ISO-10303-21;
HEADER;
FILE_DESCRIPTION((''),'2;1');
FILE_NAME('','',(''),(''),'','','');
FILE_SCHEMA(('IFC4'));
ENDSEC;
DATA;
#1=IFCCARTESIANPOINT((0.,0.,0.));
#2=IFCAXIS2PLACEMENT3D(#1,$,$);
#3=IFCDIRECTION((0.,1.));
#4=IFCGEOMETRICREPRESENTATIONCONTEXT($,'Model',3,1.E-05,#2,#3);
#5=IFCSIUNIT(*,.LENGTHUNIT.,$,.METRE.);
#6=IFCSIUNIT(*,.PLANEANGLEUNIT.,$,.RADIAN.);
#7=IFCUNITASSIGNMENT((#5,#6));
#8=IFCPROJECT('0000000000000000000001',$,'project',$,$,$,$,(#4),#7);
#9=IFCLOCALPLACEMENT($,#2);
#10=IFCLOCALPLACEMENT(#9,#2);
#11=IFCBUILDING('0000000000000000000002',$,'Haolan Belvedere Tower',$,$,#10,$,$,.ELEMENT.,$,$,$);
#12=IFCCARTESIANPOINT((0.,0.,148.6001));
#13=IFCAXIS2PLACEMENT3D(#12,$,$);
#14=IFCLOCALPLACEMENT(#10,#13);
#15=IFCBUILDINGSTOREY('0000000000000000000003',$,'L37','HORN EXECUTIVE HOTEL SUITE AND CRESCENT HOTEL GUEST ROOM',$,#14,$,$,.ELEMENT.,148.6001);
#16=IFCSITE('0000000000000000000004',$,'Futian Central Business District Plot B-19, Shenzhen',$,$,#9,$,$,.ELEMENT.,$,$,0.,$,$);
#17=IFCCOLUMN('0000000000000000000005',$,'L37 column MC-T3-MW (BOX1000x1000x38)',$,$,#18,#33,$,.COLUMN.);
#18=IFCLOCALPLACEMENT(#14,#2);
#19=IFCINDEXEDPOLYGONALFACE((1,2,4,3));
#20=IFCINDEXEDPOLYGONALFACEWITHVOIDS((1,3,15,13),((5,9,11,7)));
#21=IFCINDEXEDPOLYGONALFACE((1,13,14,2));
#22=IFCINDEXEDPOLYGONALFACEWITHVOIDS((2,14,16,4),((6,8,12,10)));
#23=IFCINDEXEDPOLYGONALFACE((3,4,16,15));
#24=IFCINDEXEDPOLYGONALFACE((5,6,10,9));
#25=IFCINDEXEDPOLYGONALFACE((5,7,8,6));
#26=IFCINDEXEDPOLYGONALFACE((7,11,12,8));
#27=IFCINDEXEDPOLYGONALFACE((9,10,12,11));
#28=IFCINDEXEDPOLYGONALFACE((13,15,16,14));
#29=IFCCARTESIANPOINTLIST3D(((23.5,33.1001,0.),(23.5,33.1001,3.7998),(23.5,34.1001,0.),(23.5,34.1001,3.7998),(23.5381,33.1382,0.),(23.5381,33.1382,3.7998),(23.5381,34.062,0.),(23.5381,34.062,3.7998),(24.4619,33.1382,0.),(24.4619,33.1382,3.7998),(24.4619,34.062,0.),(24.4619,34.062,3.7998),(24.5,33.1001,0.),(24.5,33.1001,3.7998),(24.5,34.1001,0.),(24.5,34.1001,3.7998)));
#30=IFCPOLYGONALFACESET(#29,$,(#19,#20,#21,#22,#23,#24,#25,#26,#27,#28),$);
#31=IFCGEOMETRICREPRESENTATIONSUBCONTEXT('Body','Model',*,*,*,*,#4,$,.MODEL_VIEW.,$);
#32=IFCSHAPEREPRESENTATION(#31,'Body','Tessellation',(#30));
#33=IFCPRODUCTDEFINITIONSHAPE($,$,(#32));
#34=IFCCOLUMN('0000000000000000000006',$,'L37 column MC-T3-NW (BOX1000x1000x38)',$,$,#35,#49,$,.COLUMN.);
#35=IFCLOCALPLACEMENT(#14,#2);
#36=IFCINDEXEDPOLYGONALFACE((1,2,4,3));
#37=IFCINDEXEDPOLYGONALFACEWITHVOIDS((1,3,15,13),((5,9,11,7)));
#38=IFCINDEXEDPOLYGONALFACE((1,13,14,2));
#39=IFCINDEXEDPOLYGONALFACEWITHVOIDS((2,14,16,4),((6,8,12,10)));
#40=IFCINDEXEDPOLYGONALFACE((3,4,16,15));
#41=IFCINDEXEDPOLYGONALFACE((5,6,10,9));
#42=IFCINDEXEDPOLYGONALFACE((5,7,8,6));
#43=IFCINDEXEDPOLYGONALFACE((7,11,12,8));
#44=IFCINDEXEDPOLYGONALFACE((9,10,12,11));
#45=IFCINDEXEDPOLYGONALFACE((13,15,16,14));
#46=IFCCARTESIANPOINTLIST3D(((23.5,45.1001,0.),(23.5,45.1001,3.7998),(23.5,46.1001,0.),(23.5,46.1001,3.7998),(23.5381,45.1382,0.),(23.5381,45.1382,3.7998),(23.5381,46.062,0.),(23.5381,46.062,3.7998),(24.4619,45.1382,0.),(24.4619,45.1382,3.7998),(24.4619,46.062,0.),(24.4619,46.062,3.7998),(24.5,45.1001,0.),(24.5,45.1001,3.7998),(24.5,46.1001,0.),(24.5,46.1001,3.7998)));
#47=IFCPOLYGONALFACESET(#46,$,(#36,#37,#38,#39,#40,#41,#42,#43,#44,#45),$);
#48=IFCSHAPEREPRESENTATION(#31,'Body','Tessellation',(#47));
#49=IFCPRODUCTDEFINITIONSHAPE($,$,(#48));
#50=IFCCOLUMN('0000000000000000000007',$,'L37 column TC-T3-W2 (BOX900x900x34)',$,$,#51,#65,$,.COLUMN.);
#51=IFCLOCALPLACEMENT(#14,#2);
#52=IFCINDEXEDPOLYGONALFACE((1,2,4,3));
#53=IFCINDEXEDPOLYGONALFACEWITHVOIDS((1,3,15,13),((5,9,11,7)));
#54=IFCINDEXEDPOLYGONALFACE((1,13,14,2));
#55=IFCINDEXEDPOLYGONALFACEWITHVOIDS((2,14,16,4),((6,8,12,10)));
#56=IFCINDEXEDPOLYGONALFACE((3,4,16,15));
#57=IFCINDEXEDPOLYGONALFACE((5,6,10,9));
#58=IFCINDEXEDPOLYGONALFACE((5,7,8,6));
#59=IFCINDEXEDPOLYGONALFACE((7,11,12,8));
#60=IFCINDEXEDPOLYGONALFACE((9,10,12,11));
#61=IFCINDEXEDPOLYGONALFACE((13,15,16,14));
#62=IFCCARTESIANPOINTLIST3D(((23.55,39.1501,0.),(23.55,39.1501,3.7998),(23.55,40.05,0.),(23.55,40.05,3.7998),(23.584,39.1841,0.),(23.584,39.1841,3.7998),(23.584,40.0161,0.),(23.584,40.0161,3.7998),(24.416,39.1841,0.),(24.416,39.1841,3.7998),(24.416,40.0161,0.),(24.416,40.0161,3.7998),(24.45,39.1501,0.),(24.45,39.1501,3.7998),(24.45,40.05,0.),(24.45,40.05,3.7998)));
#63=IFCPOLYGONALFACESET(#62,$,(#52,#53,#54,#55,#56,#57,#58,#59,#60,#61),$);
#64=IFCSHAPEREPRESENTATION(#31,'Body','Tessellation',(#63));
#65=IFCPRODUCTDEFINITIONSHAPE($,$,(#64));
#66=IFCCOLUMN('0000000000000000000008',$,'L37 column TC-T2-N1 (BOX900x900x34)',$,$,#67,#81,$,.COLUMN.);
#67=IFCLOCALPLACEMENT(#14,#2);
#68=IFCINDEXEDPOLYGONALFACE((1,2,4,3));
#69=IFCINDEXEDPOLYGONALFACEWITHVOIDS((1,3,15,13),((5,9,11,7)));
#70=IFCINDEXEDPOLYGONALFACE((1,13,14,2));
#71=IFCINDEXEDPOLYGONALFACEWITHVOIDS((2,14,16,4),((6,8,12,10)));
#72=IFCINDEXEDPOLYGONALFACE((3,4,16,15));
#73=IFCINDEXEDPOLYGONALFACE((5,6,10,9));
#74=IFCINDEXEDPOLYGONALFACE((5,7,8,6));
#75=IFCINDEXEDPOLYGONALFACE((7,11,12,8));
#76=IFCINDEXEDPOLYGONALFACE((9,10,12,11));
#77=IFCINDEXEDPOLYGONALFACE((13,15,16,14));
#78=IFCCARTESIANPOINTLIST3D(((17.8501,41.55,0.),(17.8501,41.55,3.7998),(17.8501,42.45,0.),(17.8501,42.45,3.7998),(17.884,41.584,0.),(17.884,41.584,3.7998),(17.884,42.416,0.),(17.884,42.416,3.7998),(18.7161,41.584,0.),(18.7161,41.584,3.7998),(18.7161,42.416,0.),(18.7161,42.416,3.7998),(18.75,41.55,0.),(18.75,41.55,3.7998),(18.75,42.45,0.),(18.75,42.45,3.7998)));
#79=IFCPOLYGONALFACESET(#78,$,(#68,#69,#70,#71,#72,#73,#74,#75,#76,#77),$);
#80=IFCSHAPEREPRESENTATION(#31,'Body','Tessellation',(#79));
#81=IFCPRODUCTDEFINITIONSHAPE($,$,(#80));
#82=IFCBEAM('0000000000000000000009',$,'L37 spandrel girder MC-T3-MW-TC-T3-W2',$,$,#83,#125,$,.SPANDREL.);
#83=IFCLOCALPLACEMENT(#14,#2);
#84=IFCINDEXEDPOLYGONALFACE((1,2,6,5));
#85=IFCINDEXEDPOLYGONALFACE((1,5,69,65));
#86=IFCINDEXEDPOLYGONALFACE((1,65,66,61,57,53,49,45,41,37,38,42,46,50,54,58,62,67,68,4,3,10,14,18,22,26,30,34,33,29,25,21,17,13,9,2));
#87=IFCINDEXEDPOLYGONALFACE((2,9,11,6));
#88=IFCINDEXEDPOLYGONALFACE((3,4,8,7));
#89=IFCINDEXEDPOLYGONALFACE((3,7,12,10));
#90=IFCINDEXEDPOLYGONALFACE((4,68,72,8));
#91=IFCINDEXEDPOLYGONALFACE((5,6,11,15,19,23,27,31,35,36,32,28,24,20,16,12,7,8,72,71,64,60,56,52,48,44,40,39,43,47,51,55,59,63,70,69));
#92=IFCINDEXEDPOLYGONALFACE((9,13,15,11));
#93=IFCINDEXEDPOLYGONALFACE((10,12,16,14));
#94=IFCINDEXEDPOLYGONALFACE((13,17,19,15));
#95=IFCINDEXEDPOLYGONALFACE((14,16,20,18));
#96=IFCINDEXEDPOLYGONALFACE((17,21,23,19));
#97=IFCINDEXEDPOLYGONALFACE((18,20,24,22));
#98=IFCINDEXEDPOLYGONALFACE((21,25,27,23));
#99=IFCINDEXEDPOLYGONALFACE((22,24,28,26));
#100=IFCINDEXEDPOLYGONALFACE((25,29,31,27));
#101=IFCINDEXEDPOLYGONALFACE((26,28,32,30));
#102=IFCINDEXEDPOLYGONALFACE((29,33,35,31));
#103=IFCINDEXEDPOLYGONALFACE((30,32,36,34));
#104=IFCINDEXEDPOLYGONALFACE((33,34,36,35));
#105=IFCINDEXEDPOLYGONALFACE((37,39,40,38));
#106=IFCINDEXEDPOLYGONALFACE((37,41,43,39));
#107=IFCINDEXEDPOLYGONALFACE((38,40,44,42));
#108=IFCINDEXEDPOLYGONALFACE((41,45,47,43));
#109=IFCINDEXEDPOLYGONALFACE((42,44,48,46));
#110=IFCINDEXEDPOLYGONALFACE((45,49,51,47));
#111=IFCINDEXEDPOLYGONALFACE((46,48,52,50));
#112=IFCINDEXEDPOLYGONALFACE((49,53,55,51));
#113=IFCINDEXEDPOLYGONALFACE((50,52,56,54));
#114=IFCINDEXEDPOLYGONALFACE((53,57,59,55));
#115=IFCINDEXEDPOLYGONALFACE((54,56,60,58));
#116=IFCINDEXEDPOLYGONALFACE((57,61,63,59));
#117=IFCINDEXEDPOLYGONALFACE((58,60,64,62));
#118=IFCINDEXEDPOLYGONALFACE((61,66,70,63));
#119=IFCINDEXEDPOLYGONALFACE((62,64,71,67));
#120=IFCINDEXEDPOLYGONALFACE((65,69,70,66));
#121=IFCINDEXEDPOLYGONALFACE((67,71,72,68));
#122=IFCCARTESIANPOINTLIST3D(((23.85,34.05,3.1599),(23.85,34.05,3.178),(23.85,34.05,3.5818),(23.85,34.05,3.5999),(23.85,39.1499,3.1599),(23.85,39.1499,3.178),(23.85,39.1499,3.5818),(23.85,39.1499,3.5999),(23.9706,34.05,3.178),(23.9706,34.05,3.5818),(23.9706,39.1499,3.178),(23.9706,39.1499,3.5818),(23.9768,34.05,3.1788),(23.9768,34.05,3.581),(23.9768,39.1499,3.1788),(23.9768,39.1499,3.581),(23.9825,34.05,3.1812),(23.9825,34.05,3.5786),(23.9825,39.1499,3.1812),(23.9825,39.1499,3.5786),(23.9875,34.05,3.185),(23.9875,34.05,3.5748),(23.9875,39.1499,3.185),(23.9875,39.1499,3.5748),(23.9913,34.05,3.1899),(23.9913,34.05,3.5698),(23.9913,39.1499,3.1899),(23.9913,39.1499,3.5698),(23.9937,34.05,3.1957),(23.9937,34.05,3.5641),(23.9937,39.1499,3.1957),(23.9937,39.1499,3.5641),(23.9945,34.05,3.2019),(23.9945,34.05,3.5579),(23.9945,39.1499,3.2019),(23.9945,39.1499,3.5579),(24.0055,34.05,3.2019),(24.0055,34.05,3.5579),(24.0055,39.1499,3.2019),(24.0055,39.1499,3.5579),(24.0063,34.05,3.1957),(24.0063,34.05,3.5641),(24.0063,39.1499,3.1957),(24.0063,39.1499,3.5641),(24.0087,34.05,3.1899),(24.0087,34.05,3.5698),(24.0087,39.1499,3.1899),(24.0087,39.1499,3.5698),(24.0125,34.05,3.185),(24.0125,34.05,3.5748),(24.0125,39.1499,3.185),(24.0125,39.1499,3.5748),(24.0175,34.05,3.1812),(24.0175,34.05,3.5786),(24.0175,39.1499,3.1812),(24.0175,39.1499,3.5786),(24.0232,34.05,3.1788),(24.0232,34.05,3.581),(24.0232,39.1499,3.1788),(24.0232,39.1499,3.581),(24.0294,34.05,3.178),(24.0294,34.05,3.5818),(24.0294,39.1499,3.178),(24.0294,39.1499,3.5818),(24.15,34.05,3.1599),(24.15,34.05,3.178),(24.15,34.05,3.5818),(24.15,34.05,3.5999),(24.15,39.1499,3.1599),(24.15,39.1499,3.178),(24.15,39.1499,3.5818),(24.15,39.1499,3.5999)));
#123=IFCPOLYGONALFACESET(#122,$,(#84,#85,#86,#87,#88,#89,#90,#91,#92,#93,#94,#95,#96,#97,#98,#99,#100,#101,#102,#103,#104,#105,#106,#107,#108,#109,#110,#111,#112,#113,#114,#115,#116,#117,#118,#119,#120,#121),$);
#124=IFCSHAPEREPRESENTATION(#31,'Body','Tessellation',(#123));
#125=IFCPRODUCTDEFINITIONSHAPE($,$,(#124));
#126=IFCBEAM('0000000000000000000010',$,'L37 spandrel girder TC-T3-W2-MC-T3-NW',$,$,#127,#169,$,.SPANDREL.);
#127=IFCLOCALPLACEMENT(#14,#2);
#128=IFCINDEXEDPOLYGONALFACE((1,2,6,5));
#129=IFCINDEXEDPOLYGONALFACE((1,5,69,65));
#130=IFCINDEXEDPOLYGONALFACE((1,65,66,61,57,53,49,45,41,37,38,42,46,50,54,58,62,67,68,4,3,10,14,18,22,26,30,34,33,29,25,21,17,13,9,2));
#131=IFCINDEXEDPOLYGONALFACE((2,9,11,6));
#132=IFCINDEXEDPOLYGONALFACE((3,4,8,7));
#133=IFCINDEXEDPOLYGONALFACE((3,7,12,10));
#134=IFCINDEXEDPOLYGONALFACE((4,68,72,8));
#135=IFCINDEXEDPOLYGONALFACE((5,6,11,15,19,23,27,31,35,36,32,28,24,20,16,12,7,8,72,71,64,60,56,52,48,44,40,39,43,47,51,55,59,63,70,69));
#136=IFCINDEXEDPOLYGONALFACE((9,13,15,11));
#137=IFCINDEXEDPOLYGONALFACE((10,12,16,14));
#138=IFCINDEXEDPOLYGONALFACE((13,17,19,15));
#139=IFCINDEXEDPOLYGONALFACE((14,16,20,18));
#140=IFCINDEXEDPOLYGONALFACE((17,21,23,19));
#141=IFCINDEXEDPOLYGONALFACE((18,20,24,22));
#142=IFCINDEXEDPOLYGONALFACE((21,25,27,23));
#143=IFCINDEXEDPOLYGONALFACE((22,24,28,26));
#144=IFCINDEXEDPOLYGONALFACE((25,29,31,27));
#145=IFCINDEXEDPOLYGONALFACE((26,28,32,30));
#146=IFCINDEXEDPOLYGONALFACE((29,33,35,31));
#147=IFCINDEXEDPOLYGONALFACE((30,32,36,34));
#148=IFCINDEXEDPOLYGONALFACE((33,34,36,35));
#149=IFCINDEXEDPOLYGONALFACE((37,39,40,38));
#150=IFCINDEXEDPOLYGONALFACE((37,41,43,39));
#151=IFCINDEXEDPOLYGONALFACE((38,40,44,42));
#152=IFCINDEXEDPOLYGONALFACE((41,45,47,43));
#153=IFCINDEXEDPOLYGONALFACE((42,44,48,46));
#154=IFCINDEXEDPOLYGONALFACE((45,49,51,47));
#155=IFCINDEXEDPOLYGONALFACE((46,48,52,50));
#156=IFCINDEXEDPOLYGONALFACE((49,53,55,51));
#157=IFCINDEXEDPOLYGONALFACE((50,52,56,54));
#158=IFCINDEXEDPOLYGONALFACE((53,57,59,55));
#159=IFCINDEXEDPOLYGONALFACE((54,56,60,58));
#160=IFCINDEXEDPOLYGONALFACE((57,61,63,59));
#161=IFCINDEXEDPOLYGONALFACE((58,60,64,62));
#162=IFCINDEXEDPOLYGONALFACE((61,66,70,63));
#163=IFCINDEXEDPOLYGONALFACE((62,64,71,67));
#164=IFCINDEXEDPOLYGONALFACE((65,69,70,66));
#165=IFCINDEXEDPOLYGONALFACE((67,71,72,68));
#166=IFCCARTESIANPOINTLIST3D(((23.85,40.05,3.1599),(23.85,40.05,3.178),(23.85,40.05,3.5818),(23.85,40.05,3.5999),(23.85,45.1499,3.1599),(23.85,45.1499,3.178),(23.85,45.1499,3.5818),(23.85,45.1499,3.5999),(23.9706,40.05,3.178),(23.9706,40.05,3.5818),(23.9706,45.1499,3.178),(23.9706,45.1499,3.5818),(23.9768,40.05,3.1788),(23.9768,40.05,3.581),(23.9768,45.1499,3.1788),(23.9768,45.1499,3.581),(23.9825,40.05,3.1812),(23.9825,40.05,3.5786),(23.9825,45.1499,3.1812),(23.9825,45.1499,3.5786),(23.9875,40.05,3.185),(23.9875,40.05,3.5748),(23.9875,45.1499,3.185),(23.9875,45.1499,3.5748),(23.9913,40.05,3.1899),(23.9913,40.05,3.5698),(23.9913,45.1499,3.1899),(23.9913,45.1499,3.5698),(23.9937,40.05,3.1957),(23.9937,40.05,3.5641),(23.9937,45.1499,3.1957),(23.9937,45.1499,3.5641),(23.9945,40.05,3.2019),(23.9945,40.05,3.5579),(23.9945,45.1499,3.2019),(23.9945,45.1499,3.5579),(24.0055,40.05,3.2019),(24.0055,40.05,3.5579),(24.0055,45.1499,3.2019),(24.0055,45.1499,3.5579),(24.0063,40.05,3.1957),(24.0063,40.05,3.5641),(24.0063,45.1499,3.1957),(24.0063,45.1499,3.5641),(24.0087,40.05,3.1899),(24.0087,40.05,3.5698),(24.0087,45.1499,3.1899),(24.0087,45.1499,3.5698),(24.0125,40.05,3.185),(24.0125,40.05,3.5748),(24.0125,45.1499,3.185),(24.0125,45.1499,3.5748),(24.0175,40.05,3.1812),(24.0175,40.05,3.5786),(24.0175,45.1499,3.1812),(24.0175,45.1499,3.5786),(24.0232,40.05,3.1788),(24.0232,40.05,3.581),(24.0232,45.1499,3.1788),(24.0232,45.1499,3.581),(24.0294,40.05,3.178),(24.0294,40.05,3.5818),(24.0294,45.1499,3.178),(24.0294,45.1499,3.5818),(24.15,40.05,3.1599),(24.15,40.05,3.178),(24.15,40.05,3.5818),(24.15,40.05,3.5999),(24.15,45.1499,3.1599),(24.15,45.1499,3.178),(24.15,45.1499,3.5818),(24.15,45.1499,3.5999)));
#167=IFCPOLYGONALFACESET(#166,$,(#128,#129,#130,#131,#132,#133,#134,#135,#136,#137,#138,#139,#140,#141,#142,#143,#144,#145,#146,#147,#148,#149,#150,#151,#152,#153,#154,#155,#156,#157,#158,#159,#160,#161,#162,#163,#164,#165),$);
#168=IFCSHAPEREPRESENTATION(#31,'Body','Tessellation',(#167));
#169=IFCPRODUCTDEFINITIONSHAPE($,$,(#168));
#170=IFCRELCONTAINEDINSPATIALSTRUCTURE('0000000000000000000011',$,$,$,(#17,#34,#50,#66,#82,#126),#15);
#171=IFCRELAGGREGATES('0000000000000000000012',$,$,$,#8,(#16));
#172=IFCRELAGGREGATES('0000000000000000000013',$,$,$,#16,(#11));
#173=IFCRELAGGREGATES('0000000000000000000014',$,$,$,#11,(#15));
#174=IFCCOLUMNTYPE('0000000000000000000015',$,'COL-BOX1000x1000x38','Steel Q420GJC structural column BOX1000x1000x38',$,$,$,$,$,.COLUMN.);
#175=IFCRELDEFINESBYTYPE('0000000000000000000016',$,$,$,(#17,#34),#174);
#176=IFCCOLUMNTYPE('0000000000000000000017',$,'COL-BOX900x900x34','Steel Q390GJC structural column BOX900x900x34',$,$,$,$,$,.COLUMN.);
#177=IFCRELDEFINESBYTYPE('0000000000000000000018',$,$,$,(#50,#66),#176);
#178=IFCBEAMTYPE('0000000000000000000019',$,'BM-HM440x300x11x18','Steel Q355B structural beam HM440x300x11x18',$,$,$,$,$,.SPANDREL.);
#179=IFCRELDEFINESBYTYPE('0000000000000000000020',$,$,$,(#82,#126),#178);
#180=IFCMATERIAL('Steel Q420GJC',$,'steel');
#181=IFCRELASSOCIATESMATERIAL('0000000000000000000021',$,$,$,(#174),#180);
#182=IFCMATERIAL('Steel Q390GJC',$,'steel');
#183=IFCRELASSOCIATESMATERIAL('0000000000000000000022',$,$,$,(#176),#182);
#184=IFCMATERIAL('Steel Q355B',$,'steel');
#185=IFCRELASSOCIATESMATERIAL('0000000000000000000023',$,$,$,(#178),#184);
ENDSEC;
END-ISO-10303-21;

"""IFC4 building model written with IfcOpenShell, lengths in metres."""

from ifc_helpers import new_model, si_unit, direction, frame, origin, origin_2d, place, context, subcontext, project, spatial, hollow_rectangle, i_section, extrude, material, material_profile, profile_set, type_object, element, save


model = new_model("IFC4")

# Units and contexts
model_context = context("Model", 3, precision=1e-05, world=origin(), true_north=direction((0.0, 1.0)))
body_context = subcontext(model_context, "Body", "Model", "MODEL_VIEW")
ifc_project = project(units=[si_unit("LENGTHUNIT", "METRE"), si_unit("PLANEANGLEUNIT", "RADIAN")], contexts=[model_context])

# Site, building, storey
site_placement = place(None, origin())
site = spatial("IfcSite", under=ifc_project, at=site_placement, Name="Futian Central Business District Plot B-19, Shenzhen", CompositionType="ELEMENT", RefElevation=0.0)
building_placement = place(site_placement, origin())
building = spatial("IfcBuilding", under=site, at=building_placement, Name="Haolan Belvedere Tower", CompositionType="ELEMENT")
storey_placement = place(building_placement, frame((0.0, 0.0, 148.6001)))
storey = spatial("IfcBuildingStorey", under=building, at=storey_placement, Name="L37", Description="HORN EXECUTIVE HOTEL SUITE AND CRESCENT HOTEL GUEST ROOM", CompositionType="ELEMENT", Elevation=148.6001)

# Columns
ifc_material_1 = material(Name="Steel Q420GJC", Category="steel")
ifc_material_profile_1 = material_profile(ifc_material_1, hollow_rectangle(XDim=1.0, YDim=1.0, WallThickness=0.0381, at=origin_2d()), Name="Steel Q420GJC")
ifc_profile_set_1 = profile_set([ifc_material_profile_1], Name="Steel Q420GJC")
column_type_1 = type_object("IfcColumnType", Name="COL-BOX1000x1000x38", Description="Steel Q420GJC structural column BOX1000x1000x38", PredefinedType="COLUMN", material=ifc_profile_set_1)
for number, where, z_axis, x_axis, name in (
    (1, (24.0, 33.6001, 0.0), (0.0, 0.0, 1.0), (1.0, 0.0, 0.0), "L37 column MC-T3-MW (BOX1000x1000x38)"),
    (2, (24.0, 45.6001, 0.0), (0.0, 0.0, 1.0), (1.0, 0.0, 0.0), "L37 column MC-T3-NW (BOX1000x1000x38)"),
):
    element("IfcColumn", number, at=place(storey_placement, frame(where, z_axis=z_axis, x_axis=x_axis)), inside=storey, type_object=column_type_1, Name=name, PredefinedType="COLUMN", context=body_context, shape_type="SweptSolid", body=[
        extrude(hollow_rectangle(XDim=1.0, YDim=1.0, WallThickness=0.0381, at=origin_2d()), origin(), (0.0, 0.0, 1.0), 3.7998),
    ])
ifc_material_2 = material(Name="Steel Q390GJC", Category="steel")
ifc_material_profile_2 = material_profile(ifc_material_2, hollow_rectangle(XDim=0.8999, YDim=0.8999, WallThickness=0.0339, at=origin_2d()), Name="Steel Q390GJC")
ifc_profile_set_2 = profile_set([ifc_material_profile_2], Name="Steel Q390GJC")
column_type_2 = type_object("IfcColumnType", Name="COL-BOX900x900x34", Description="Steel Q390GJC structural column BOX900x900x34", PredefinedType="COLUMN", material=ifc_profile_set_2)
for number, where, z_axis, x_axis, name in (
    (3, (24.0, 39.6001, 0.0), (0.0, 0.0, 1.0), (1.0, 0.0, 0.0), "L37 column TC-T3-W2 (BOX900x900x34)"),
    (4, (18.3, 42.0, 0.0), (0.0, 0.0, 1.0), (1.0, 0.0, 0.0), "L37 column TC-T2-N1 (BOX900x900x34)"),
):
    element("IfcColumn", number, at=place(storey_placement, frame(where, z_axis=z_axis, x_axis=x_axis)), inside=storey, type_object=column_type_2, Name=name, PredefinedType="COLUMN", context=body_context, shape_type="SweptSolid", body=[
        extrude(hollow_rectangle(XDim=0.8999, YDim=0.8999, WallThickness=0.0339, at=origin_2d()), origin(), (0.0, 0.0, 1.0), 3.7998),
    ])

# Beams
ifc_material_3 = material(Name="Steel Q355B", Category="steel")
ifc_material_profile_3 = material_profile(ifc_material_3, i_section(OverallWidth=0.3, OverallDepth=0.4399, WebThickness=0.011, FlangeThickness=0.0181, FilletRadius=0.0239, at=origin_2d()), Name="Steel Q355B")
ifc_profile_set_3 = profile_set([ifc_material_profile_3], Name="Steel Q355B")
beam_type = type_object("IfcBeamType", Name="BM-HM440x300x11x18", Description="Steel Q355B structural beam HM440x300x11x18", PredefinedType="SPANDREL", material=ifc_profile_set_3)
for number, where, z_axis, x_axis, name in (
    (5, (24.0, 34.05, 3.3799), (0.0, 1.0, 0.0), (-1.0, 0.0, 0.0), "L37 spandrel girder MC-T3-MW-TC-T3-W2"),
    (6, (24.0, 40.05, 3.3799), (0.0, 1.0, 0.0), (-1.0, 0.0, 0.0), "L37 spandrel girder TC-T3-W2-MC-T3-NW"),
):
    element("IfcBeam", number, at=place(storey_placement, frame(where, z_axis=z_axis, x_axis=x_axis)), inside=storey, type_object=beam_type, Name=name, PredefinedType="SPANDREL", context=body_context, shape_type="SweptSolid", body=[
        extrude(i_section(OverallWidth=0.3, OverallDepth=0.4399, WebThickness=0.011, FlangeThickness=0.0181, FilletRadius=0.0239, at=origin_2d()), origin(), (0.0, 0.0, 1.0), 5.0999),
    ])

save(model, "model.ifc")
